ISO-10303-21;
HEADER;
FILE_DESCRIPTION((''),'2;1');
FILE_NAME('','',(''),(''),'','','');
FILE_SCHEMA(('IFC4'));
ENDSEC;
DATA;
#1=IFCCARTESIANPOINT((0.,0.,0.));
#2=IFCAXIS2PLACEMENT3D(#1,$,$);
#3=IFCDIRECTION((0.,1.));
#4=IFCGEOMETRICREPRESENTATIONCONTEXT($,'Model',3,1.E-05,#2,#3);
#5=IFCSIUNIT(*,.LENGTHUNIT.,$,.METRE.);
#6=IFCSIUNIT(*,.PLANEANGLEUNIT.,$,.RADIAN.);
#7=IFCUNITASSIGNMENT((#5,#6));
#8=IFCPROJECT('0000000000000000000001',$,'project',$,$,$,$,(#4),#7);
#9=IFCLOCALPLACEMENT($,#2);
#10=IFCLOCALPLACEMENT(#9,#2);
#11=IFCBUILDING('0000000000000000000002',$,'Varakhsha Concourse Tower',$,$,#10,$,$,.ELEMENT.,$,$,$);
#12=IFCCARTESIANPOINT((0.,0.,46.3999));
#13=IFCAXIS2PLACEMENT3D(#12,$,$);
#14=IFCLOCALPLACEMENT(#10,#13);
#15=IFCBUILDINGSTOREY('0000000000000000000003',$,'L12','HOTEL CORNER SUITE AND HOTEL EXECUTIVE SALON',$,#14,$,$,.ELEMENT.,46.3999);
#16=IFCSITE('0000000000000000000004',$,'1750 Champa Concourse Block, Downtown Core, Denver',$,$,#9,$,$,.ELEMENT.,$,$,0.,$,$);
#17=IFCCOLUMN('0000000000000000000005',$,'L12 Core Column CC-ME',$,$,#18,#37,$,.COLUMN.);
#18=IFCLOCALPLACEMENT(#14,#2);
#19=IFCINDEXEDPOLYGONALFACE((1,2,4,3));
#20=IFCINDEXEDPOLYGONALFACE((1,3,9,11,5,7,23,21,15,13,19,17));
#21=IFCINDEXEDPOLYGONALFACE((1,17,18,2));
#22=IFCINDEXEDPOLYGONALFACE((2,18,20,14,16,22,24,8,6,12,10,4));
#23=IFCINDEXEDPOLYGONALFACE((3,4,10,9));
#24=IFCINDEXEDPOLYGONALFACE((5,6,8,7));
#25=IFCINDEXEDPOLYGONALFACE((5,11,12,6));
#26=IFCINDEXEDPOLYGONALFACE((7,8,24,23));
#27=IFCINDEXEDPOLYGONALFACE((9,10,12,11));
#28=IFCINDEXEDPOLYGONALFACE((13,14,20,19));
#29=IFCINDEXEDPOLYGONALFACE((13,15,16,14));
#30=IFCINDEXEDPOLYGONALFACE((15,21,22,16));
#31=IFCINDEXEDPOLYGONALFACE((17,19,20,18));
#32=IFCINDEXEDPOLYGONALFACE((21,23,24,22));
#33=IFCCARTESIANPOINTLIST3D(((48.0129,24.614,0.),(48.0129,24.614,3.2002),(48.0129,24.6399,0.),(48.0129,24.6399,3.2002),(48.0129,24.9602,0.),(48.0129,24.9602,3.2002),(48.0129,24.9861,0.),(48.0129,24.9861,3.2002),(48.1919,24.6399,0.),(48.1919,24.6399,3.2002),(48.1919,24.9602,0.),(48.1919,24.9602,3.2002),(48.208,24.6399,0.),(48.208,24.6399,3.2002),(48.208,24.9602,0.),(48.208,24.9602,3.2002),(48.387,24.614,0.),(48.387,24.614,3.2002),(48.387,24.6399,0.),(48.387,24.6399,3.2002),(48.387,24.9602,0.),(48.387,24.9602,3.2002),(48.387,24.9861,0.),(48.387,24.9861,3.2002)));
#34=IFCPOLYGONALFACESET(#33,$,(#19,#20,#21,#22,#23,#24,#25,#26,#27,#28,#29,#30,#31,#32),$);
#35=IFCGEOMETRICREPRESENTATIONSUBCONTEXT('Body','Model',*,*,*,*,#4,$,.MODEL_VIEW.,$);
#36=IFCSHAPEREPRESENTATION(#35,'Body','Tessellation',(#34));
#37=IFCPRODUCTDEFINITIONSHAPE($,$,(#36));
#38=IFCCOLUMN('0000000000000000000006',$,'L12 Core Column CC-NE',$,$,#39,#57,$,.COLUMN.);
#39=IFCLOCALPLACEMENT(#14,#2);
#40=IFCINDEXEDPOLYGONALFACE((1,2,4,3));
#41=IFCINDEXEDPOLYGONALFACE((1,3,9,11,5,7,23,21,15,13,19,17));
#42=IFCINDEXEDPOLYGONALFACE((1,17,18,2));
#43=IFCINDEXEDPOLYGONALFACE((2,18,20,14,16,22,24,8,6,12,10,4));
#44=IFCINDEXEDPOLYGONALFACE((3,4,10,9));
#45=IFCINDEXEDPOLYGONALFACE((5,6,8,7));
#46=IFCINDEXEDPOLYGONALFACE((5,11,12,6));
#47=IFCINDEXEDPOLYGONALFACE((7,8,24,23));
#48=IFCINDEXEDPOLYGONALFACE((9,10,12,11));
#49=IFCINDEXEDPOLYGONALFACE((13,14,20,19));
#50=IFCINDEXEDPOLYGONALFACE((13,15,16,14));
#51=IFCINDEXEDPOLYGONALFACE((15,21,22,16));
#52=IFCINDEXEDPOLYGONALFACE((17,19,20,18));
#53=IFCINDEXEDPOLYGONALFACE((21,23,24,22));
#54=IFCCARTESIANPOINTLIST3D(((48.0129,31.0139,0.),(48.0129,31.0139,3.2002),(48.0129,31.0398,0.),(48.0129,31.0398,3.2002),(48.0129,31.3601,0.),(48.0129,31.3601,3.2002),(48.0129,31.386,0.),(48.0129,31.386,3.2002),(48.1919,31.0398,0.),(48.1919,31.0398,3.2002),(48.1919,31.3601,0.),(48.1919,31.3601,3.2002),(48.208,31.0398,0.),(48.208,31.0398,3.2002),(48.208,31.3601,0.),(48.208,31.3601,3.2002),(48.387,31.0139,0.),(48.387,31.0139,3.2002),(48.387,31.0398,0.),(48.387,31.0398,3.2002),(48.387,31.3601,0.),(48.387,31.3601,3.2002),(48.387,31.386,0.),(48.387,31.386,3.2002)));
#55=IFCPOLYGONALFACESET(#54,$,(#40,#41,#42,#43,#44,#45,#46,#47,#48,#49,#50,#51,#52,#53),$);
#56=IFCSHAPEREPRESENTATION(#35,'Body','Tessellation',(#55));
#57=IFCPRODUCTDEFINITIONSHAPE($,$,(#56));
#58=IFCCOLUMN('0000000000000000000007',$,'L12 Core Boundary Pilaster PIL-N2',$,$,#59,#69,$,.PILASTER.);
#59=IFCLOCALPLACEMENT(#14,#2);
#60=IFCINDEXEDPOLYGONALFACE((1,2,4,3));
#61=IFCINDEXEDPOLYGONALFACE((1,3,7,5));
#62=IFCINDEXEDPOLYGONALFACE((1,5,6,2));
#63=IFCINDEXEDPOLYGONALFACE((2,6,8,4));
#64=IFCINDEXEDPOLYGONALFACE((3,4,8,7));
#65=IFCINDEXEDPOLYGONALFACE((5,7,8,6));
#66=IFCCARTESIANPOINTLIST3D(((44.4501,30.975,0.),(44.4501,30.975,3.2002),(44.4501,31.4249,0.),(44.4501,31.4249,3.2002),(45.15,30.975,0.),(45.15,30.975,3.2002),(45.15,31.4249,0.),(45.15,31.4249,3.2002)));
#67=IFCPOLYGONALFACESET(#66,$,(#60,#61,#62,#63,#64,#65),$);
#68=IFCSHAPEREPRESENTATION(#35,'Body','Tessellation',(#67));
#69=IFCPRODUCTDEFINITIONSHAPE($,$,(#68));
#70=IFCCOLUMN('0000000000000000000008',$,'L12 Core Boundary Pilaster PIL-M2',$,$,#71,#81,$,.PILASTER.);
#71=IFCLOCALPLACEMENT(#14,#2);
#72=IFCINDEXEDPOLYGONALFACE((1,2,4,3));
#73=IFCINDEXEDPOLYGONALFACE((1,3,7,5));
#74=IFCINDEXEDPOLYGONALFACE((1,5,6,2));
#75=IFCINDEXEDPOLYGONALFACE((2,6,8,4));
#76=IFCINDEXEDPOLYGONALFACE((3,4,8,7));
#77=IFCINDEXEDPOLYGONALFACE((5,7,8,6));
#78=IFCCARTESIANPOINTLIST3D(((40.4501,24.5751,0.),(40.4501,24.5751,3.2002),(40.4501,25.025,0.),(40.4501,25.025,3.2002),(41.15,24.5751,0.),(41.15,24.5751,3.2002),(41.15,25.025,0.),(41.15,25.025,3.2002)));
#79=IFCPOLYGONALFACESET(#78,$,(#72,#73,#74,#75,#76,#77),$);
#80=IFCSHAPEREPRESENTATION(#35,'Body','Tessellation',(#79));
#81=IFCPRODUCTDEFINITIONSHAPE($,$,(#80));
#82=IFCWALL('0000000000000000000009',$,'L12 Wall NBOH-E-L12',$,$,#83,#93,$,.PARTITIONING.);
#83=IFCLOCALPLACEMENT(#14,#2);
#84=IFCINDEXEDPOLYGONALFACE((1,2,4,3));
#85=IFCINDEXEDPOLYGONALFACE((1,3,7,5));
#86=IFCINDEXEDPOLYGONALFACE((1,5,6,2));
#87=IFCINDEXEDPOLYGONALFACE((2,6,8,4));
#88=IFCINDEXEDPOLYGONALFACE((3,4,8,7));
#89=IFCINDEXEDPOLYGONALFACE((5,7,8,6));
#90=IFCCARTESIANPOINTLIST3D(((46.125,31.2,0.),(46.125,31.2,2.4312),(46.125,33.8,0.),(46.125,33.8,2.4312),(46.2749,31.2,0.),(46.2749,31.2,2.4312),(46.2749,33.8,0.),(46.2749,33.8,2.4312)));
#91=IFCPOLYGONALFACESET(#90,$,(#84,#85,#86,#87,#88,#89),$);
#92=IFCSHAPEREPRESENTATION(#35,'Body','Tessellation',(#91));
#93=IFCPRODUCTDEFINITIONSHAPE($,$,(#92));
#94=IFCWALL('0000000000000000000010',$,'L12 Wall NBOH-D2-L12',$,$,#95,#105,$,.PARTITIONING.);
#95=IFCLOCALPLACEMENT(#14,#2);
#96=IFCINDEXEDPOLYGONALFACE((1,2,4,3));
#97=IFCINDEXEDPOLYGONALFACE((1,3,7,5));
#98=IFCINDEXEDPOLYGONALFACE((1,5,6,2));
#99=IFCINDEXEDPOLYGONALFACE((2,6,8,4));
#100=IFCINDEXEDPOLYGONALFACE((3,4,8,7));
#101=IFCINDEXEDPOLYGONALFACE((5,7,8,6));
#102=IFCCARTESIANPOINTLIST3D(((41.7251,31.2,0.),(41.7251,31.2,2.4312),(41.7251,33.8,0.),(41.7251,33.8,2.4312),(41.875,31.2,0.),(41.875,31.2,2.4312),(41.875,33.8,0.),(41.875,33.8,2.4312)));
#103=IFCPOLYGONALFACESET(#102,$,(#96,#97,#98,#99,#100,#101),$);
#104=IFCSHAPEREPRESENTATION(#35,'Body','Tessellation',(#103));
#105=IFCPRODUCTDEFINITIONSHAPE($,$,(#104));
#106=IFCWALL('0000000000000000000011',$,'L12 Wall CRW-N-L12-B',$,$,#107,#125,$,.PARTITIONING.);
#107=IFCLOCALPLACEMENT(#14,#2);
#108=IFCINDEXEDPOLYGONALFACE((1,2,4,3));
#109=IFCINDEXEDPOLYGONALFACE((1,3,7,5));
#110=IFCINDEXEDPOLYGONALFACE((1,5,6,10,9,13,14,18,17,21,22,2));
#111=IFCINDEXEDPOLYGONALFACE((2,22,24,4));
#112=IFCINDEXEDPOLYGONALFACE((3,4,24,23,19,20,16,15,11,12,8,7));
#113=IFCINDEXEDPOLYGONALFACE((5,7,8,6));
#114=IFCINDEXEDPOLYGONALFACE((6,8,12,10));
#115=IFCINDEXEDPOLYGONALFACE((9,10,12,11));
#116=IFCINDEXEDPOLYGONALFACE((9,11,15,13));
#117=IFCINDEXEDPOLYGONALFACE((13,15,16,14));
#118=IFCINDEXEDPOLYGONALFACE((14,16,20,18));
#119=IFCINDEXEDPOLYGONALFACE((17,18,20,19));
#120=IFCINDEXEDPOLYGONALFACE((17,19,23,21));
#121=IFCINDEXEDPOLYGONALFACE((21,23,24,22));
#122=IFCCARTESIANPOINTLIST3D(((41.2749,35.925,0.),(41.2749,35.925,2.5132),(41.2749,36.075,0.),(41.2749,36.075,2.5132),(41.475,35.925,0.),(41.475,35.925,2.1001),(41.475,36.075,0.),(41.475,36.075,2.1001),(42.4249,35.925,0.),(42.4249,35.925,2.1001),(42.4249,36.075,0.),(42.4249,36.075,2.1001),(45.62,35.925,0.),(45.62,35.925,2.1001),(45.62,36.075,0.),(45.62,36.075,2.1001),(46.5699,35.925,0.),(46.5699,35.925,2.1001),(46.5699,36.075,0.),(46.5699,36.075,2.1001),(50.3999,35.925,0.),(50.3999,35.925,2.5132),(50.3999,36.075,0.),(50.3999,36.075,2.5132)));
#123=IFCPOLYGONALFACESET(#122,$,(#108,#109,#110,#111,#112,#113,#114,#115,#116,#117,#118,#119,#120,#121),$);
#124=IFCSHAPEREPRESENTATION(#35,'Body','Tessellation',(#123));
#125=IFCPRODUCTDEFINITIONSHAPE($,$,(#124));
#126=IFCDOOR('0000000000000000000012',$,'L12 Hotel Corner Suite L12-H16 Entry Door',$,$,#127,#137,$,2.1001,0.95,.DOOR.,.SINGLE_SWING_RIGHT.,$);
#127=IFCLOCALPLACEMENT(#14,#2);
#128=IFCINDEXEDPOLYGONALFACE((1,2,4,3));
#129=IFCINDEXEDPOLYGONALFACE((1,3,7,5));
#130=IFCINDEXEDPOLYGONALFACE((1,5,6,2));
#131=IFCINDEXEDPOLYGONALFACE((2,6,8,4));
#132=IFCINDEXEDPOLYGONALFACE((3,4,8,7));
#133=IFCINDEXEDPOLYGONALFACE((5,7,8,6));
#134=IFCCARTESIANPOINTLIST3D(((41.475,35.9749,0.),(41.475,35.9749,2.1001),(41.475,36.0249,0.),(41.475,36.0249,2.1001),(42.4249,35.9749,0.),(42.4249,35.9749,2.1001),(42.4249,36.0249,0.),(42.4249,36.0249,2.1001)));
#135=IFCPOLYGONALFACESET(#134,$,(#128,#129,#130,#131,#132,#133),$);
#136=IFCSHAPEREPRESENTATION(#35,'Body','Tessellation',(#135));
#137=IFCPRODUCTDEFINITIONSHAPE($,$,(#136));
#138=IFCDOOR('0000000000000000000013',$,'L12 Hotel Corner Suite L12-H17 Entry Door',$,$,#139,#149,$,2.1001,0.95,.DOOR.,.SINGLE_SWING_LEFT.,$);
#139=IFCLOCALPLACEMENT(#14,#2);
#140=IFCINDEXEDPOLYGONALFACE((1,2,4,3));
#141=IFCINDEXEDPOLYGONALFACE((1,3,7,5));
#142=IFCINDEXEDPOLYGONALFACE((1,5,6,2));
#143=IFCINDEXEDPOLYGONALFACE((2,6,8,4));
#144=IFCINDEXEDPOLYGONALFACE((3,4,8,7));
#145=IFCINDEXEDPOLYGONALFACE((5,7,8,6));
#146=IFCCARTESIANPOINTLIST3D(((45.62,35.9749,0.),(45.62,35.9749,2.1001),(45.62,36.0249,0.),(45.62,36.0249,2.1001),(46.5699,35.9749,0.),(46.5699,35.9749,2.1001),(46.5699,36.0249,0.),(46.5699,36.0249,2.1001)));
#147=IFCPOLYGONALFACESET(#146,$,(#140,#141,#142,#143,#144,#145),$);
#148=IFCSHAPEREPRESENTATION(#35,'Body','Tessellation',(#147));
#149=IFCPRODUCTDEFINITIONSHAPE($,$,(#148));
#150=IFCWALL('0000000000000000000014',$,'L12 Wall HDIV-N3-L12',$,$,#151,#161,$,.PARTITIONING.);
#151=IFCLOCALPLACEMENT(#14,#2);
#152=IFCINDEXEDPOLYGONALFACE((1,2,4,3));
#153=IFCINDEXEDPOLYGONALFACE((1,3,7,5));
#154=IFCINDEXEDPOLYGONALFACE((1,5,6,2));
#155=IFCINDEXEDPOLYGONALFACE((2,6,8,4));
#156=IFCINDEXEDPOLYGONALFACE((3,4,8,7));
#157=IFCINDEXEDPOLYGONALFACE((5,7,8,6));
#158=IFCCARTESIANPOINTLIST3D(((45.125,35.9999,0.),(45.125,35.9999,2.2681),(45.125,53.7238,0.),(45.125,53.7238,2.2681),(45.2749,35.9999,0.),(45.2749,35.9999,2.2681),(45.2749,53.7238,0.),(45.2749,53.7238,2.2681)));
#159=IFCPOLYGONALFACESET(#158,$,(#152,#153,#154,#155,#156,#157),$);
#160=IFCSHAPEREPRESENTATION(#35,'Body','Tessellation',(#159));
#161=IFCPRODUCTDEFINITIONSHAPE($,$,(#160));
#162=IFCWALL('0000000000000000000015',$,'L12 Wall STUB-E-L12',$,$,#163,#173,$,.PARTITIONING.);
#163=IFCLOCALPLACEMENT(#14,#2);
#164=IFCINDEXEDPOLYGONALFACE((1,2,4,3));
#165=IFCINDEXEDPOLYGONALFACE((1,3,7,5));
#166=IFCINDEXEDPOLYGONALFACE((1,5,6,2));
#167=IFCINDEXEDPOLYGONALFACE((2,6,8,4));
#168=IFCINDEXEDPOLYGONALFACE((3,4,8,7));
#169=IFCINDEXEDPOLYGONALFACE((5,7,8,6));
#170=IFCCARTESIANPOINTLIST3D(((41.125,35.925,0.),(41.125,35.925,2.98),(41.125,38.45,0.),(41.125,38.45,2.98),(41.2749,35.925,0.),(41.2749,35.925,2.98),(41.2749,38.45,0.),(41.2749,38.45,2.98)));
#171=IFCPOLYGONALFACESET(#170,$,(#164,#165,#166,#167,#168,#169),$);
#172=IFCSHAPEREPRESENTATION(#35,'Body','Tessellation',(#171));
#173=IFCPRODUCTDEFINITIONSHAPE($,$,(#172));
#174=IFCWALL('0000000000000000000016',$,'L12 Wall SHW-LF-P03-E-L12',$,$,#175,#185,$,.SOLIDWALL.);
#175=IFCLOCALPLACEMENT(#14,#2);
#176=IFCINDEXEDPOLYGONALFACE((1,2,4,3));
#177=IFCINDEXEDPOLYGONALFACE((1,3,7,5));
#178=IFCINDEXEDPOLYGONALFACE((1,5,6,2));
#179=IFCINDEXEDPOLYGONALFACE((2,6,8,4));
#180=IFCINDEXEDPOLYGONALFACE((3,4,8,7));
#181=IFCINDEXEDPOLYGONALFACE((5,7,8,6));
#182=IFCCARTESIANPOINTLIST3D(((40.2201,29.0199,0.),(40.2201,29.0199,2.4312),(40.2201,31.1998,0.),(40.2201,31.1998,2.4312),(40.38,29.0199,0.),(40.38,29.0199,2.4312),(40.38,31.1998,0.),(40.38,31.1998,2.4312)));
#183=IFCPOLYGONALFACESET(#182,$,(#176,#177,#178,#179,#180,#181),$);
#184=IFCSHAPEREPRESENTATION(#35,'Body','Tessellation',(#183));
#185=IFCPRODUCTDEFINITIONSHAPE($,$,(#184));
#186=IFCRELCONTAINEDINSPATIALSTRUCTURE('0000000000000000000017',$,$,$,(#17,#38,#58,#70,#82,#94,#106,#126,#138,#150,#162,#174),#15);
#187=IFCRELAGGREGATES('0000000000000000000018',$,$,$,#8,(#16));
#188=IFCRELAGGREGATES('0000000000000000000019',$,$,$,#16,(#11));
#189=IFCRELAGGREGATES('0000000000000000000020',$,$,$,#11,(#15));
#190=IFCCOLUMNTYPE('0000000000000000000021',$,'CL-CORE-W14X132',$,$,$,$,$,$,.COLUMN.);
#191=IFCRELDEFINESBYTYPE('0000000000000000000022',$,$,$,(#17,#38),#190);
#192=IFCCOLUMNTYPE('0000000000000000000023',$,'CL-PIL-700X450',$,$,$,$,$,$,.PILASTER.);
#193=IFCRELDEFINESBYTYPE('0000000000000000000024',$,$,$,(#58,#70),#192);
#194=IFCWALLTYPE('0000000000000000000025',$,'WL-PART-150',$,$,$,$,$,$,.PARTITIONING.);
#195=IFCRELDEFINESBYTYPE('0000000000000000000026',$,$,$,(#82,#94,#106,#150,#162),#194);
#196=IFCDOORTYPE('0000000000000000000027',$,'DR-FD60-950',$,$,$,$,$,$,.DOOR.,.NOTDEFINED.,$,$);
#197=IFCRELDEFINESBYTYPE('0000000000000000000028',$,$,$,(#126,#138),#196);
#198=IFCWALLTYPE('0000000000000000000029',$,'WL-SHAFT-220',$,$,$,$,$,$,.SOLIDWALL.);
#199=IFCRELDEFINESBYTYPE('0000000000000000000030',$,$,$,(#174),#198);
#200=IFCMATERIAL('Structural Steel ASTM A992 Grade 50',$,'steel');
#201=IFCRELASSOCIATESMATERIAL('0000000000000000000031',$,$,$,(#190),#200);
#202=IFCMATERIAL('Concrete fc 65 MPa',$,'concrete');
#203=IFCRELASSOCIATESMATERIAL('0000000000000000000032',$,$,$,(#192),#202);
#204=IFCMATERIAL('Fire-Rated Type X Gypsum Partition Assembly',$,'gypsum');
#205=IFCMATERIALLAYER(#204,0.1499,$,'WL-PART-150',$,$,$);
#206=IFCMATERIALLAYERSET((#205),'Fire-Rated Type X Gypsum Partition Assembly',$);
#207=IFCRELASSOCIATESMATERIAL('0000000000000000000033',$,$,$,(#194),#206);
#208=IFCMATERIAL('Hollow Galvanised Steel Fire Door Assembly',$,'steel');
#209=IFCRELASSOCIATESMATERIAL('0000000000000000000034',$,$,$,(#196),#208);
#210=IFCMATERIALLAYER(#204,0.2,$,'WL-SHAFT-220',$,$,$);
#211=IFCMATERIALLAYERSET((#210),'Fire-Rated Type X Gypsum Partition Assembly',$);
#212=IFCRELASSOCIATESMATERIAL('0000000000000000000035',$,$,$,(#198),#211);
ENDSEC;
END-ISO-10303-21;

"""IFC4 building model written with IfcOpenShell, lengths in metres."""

from ifc_helpers import new_model, si_unit, direction, frame, frame_2d, origin, origin_2d, place, context, subcontext, project, spatial, rectangle, i_section, extrude, material, layer, layer_set, material_profile, profile_set, type_object, element, fill, save


model = new_model("IFC4")

# Units and contexts
model_context = context("Model", 3, precision=1e-05, world=origin(), true_north=direction((0.0, 1.0)))
body_context = subcontext(model_context, "Body", "Model", "MODEL_VIEW")
ifc_project = project(units=[si_unit("LENGTHUNIT", "METRE"), si_unit("PLANEANGLEUNIT", "RADIAN")], contexts=[model_context])

# Site, building, storey
site_placement = place(None, origin())
site = spatial("IfcSite", under=ifc_project, at=site_placement, Name="1750 Champa Concourse Block, Downtown Core, Denver", CompositionType="ELEMENT", RefElevation=0.0)
building_placement = place(site_placement, origin())
building = spatial("IfcBuilding", under=site, at=building_placement, Name="Varakhsha Concourse Tower", CompositionType="ELEMENT")
storey_placement = place(building_placement, frame((0.0, 0.0, 46.3999)))
storey = spatial("IfcBuildingStorey", under=building, at=storey_placement, Name="L12", Description="HOTEL CORNER SUITE AND HOTEL EXECUTIVE SALON", CompositionType="ELEMENT", Elevation=46.3999)

# Columns
ifc_material_1 = material(Name="Structural Steel ASTM A992 Grade 50", Category="steel")
ifc_material_profile_1 = material_profile(ifc_material_1, i_section(OverallWidth=0.374, OverallDepth=0.3721, WebThickness=0.0161, FlangeThickness=0.0259, at=origin_2d()), Name="W14X132")
ifc_profile_set_1 = profile_set([ifc_material_profile_1], Name="Structural Steel ASTM A992 Grade 50")
column_type_1 = type_object("IfcColumnType", Name="CL-CORE-W14X132", PredefinedType="COLUMN", material=ifc_profile_set_1)
for number, where, z_axis, x_axis, name in (
    (1, (48.2, 24.8, 0.0), (0.0, 0.0, 1.0), (1.0, 0.0, 0.0), "L12 Core Column CC-ME"),
    (2, (48.2, 31.2, 0.0), (0.0, 0.0, 1.0), (1.0, 0.0, 0.0), "L12 Core Column CC-NE"),
):
    element("IfcColumn", number, at=place(storey_placement, frame(where, z_axis=z_axis, x_axis=x_axis)), inside=storey, type_object=column_type_1, Name=name, PredefinedType="COLUMN", context=body_context, shape_type="SweptSolid", body=[
        extrude(i_section(OverallWidth=0.374, OverallDepth=0.3721, WebThickness=0.0161, FlangeThickness=0.0259, at=origin_2d()), origin(), (0.0, 0.0, 1.0), 3.2002),
    ])
ifc_material_2 = material(Name="Concrete fc 65 MPa", Category="concrete")
ifc_material_profile_2 = material_profile(ifc_material_2, rectangle(XDim=0.7, YDim=0.45, at=origin_2d()), Name="RC 700x450")
ifc_profile_set_2 = profile_set([ifc_material_profile_2], Name="Concrete fc 65 MPa")
column_type_2 = type_object("IfcColumnType", Name="CL-PIL-700X450", PredefinedType="PILASTER", material=ifc_profile_set_2)
for number, where, z_axis, x_axis, name in (
    (3, (44.8, 31.2, 0.0), (0.0, 0.0, 1.0), (1.0, 0.0, 0.0), "L12 Core Boundary Pilaster PIL-N2"),
    (4, (40.8, 24.8, 0.0), (0.0, 0.0, 1.0), (1.0, 0.0, 0.0), "L12 Core Boundary Pilaster PIL-M2"),
):
    element("IfcColumn", number, at=place(storey_placement, frame(where, z_axis=z_axis, x_axis=x_axis)), inside=storey, type_object=column_type_2, Name=name, PredefinedType="PILASTER", context=body_context, shape_type="SweptSolid", body=[
        extrude(rectangle(XDim=0.7, YDim=0.45, at=origin_2d()), origin(), (0.0, 0.0, 1.0), 3.2002),
    ])

# Walls
ifc_material_3 = material(Name="Fire-Rated Type X Gypsum Partition Assembly", Category="gypsum")
ifc_layer_1 = layer(ifc_material_3, 0.1499, Name="WL-PART-150")
ifc_layer_set_1 = layer_set([ifc_layer_1], Name="Fire-Rated Type X Gypsum Partition Assembly")
wall_type_1 = type_object("IfcWallType", Name="WL-PART-150", PredefinedType="PARTITIONING", material=ifc_layer_set_1)
for number, where, z_axis, x_axis, name in (
    (5, (46.2, 31.2, 0.0), (0.0, 0.0, 1.0), (0.0, 1.0, 0.0), "L12 Wall NBOH-E-L12"),
    (6, (41.8, 31.2, 0.0), (0.0, 0.0, 1.0), (0.0, 1.0, 0.0), "L12 Wall NBOH-D2-L12"),
):
    element("IfcWall", number, at=place(storey_placement, frame(where, z_axis=z_axis, x_axis=x_axis)), inside=storey, type_object=wall_type_1, Name=name, PredefinedType="PARTITIONING", context=body_context, shape_type="SweptSolid", body=[
        extrude(rectangle(XDim=2.6001, YDim=0.1499, at=frame_2d((1.3, 0.0))), origin(), (0.0, 0.0, 1.0), 2.4312),
    ])

# Wall, openings, doors
wall_1_placement = place(storey_placement, frame((41.2749, 36.0, 0.0), z_axis=(0.0, 0.0, 1.0), x_axis=(1.0, 0.0, 0.0)))
wall_1 = element("IfcWall", 7, at=wall_1_placement, inside=storey, type_object=wall_type_1, Name="L12 Wall CRW-N-L12-B", PredefinedType="PARTITIONING", context=body_context, shape_type="SweptSolid", body=[
    extrude(rectangle(XDim=9.125, YDim=0.1499, at=frame_2d((4.5625, 0.0))), origin(), (0.0, 0.0, 1.0), 2.5132),
])
opening_1_placement = place(wall_1_placement, frame((0.2, 0.0, 0.0)))
opening_1 = element("IfcOpeningElement", 8, at=opening_1_placement, cuts=wall_1, PredefinedType="OPENING", context=body_context, shape_type="SweptSolid", body=[
    extrude(rectangle(XDim=0.95, YDim=2.1001, at=frame_2d((0.4751, 1.05))), frame((0.0, 0.085, 0.0), z_axis=(0.0, -1.0, 0.0), x_axis=(1.0, 0.0, 0.0)), (0.0, 0.0, 1.0), 0.1699),
])
opening_2_placement = place(wall_1_placement, frame((4.345, 0.0, 0.0)))
opening_2 = element("IfcOpeningElement", 9, at=opening_2_placement, cuts=wall_1, PredefinedType="OPENING", context=body_context, shape_type="SweptSolid", body=[
    extrude(rectangle(XDim=0.95, YDim=2.1001, at=frame_2d((0.4751, 1.05))), frame((0.0, 0.085, 0.0), z_axis=(0.0, -1.0, 0.0), x_axis=(1.0, 0.0, 0.0)), (0.0, 0.0, 1.0), 0.1699),
])
ifc_material_4 = material(Name="Hollow Galvanised Steel Fire Door Assembly", Category="steel")
door_type = type_object("IfcDoorType", Name="DR-FD60-950", OperationType="NOTDEFINED", PredefinedType="DOOR", material=ifc_material_4)
door_1_placement = place(opening_1_placement, origin())
door_1 = element("IfcDoor", 10, at=door_1_placement, inside=storey, type_object=door_type, Name="L12 Hotel Corner Suite L12-H16 Entry Door", OperationType="SINGLE_SWING_RIGHT", OverallHeight=2.1001, OverallWidth=0.95, PredefinedType="DOOR", context=body_context, shape_type="SweptSolid", body=[
    extrude(rectangle(XDim=0.95, YDim=2.1001, at=frame_2d((0.4751, 1.05))), frame((0.0, 0.0249, 0.0), z_axis=(0.0, -1.0, 0.0), x_axis=(1.0, 0.0, 0.0)), (0.0, 0.0, 1.0), 0.05),
])
fill(opening_1, door_1)
door_2_placement = place(opening_2_placement, origin())
door_2 = element("IfcDoor", 11, at=door_2_placement, inside=storey, type_object=door_type, Name="L12 Hotel Corner Suite L12-H17 Entry Door", OperationType="SINGLE_SWING_LEFT", OverallHeight=2.1001, OverallWidth=0.95, PredefinedType="DOOR", context=body_context, shape_type="SweptSolid", body=[
    extrude(rectangle(XDim=0.95, YDim=2.1001, at=frame_2d((0.4751, 1.05))), frame((0.0, 0.0249, 0.0), z_axis=(0.0, -1.0, 0.0), x_axis=(1.0, 0.0, 0.0)), (0.0, 0.0, 1.0), 0.05),
])
fill(opening_2, door_2)

# Walls
wall_2_placement = place(storey_placement, frame((45.2, 36.0, 0.0), z_axis=(0.0, 0.0, 1.0), x_axis=(0.0, 1.0, 0.0)))
element("IfcWall", 12, at=wall_2_placement, inside=storey, type_object=wall_type_1, Name="L12 Wall HDIV-N3-L12", PredefinedType="PARTITIONING", context=body_context, shape_type="SweptSolid", body=[
    extrude(rectangle(XDim=17.7239, YDim=0.1499, at=frame_2d((8.8618, 0.0))), origin(), (0.0, 0.0, 1.0), 2.2681),
])
wall_3_placement = place(storey_placement, frame((41.2, 35.925, 0.0), z_axis=(0.0, 0.0, 1.0), x_axis=(0.0, 1.0, 0.0)))
element("IfcWall", 13, at=wall_3_placement, inside=storey, type_object=wall_type_1, Name="L12 Wall STUB-E-L12", PredefinedType="PARTITIONING", context=body_context, shape_type="SweptSolid", body=[
    extrude(rectangle(XDim=2.5249, YDim=0.1499, at=frame_2d((1.2625, 0.0))), origin(), (0.0, 0.0, 1.0), 2.98),
])
ifc_layer_2 = layer(ifc_material_3, 0.2, Name="WL-SHAFT-220")
ifc_layer_set_2 = layer_set([ifc_layer_2], Name="Fire-Rated Type X Gypsum Partition Assembly")
wall_type_2 = type_object("IfcWallType", Name="WL-SHAFT-220", PredefinedType="SOLIDWALL", material=ifc_layer_set_2)
for number, where, z_axis, x_axis, name in (
    (14, (40.3, 29.02, 0.0), (0.0, 0.0, 1.0), (0.0, 1.0, 0.0), "L12 Wall SHW-LF-P03-E-L12"),
):
    element("IfcWall", number, at=place(storey_placement, frame(where, z_axis=z_axis, x_axis=x_axis)), inside=storey, type_object=wall_type_2, Name=name, PredefinedType="SOLIDWALL", context=body_context, shape_type="SweptSolid", body=[
        extrude(rectangle(XDim=2.1799, YDim=0.1599, at=frame_2d((1.0898, 0.0))), origin(), (0.0, 0.0, 1.0), 2.4312),
    ])

save(model, "model.ifc")
